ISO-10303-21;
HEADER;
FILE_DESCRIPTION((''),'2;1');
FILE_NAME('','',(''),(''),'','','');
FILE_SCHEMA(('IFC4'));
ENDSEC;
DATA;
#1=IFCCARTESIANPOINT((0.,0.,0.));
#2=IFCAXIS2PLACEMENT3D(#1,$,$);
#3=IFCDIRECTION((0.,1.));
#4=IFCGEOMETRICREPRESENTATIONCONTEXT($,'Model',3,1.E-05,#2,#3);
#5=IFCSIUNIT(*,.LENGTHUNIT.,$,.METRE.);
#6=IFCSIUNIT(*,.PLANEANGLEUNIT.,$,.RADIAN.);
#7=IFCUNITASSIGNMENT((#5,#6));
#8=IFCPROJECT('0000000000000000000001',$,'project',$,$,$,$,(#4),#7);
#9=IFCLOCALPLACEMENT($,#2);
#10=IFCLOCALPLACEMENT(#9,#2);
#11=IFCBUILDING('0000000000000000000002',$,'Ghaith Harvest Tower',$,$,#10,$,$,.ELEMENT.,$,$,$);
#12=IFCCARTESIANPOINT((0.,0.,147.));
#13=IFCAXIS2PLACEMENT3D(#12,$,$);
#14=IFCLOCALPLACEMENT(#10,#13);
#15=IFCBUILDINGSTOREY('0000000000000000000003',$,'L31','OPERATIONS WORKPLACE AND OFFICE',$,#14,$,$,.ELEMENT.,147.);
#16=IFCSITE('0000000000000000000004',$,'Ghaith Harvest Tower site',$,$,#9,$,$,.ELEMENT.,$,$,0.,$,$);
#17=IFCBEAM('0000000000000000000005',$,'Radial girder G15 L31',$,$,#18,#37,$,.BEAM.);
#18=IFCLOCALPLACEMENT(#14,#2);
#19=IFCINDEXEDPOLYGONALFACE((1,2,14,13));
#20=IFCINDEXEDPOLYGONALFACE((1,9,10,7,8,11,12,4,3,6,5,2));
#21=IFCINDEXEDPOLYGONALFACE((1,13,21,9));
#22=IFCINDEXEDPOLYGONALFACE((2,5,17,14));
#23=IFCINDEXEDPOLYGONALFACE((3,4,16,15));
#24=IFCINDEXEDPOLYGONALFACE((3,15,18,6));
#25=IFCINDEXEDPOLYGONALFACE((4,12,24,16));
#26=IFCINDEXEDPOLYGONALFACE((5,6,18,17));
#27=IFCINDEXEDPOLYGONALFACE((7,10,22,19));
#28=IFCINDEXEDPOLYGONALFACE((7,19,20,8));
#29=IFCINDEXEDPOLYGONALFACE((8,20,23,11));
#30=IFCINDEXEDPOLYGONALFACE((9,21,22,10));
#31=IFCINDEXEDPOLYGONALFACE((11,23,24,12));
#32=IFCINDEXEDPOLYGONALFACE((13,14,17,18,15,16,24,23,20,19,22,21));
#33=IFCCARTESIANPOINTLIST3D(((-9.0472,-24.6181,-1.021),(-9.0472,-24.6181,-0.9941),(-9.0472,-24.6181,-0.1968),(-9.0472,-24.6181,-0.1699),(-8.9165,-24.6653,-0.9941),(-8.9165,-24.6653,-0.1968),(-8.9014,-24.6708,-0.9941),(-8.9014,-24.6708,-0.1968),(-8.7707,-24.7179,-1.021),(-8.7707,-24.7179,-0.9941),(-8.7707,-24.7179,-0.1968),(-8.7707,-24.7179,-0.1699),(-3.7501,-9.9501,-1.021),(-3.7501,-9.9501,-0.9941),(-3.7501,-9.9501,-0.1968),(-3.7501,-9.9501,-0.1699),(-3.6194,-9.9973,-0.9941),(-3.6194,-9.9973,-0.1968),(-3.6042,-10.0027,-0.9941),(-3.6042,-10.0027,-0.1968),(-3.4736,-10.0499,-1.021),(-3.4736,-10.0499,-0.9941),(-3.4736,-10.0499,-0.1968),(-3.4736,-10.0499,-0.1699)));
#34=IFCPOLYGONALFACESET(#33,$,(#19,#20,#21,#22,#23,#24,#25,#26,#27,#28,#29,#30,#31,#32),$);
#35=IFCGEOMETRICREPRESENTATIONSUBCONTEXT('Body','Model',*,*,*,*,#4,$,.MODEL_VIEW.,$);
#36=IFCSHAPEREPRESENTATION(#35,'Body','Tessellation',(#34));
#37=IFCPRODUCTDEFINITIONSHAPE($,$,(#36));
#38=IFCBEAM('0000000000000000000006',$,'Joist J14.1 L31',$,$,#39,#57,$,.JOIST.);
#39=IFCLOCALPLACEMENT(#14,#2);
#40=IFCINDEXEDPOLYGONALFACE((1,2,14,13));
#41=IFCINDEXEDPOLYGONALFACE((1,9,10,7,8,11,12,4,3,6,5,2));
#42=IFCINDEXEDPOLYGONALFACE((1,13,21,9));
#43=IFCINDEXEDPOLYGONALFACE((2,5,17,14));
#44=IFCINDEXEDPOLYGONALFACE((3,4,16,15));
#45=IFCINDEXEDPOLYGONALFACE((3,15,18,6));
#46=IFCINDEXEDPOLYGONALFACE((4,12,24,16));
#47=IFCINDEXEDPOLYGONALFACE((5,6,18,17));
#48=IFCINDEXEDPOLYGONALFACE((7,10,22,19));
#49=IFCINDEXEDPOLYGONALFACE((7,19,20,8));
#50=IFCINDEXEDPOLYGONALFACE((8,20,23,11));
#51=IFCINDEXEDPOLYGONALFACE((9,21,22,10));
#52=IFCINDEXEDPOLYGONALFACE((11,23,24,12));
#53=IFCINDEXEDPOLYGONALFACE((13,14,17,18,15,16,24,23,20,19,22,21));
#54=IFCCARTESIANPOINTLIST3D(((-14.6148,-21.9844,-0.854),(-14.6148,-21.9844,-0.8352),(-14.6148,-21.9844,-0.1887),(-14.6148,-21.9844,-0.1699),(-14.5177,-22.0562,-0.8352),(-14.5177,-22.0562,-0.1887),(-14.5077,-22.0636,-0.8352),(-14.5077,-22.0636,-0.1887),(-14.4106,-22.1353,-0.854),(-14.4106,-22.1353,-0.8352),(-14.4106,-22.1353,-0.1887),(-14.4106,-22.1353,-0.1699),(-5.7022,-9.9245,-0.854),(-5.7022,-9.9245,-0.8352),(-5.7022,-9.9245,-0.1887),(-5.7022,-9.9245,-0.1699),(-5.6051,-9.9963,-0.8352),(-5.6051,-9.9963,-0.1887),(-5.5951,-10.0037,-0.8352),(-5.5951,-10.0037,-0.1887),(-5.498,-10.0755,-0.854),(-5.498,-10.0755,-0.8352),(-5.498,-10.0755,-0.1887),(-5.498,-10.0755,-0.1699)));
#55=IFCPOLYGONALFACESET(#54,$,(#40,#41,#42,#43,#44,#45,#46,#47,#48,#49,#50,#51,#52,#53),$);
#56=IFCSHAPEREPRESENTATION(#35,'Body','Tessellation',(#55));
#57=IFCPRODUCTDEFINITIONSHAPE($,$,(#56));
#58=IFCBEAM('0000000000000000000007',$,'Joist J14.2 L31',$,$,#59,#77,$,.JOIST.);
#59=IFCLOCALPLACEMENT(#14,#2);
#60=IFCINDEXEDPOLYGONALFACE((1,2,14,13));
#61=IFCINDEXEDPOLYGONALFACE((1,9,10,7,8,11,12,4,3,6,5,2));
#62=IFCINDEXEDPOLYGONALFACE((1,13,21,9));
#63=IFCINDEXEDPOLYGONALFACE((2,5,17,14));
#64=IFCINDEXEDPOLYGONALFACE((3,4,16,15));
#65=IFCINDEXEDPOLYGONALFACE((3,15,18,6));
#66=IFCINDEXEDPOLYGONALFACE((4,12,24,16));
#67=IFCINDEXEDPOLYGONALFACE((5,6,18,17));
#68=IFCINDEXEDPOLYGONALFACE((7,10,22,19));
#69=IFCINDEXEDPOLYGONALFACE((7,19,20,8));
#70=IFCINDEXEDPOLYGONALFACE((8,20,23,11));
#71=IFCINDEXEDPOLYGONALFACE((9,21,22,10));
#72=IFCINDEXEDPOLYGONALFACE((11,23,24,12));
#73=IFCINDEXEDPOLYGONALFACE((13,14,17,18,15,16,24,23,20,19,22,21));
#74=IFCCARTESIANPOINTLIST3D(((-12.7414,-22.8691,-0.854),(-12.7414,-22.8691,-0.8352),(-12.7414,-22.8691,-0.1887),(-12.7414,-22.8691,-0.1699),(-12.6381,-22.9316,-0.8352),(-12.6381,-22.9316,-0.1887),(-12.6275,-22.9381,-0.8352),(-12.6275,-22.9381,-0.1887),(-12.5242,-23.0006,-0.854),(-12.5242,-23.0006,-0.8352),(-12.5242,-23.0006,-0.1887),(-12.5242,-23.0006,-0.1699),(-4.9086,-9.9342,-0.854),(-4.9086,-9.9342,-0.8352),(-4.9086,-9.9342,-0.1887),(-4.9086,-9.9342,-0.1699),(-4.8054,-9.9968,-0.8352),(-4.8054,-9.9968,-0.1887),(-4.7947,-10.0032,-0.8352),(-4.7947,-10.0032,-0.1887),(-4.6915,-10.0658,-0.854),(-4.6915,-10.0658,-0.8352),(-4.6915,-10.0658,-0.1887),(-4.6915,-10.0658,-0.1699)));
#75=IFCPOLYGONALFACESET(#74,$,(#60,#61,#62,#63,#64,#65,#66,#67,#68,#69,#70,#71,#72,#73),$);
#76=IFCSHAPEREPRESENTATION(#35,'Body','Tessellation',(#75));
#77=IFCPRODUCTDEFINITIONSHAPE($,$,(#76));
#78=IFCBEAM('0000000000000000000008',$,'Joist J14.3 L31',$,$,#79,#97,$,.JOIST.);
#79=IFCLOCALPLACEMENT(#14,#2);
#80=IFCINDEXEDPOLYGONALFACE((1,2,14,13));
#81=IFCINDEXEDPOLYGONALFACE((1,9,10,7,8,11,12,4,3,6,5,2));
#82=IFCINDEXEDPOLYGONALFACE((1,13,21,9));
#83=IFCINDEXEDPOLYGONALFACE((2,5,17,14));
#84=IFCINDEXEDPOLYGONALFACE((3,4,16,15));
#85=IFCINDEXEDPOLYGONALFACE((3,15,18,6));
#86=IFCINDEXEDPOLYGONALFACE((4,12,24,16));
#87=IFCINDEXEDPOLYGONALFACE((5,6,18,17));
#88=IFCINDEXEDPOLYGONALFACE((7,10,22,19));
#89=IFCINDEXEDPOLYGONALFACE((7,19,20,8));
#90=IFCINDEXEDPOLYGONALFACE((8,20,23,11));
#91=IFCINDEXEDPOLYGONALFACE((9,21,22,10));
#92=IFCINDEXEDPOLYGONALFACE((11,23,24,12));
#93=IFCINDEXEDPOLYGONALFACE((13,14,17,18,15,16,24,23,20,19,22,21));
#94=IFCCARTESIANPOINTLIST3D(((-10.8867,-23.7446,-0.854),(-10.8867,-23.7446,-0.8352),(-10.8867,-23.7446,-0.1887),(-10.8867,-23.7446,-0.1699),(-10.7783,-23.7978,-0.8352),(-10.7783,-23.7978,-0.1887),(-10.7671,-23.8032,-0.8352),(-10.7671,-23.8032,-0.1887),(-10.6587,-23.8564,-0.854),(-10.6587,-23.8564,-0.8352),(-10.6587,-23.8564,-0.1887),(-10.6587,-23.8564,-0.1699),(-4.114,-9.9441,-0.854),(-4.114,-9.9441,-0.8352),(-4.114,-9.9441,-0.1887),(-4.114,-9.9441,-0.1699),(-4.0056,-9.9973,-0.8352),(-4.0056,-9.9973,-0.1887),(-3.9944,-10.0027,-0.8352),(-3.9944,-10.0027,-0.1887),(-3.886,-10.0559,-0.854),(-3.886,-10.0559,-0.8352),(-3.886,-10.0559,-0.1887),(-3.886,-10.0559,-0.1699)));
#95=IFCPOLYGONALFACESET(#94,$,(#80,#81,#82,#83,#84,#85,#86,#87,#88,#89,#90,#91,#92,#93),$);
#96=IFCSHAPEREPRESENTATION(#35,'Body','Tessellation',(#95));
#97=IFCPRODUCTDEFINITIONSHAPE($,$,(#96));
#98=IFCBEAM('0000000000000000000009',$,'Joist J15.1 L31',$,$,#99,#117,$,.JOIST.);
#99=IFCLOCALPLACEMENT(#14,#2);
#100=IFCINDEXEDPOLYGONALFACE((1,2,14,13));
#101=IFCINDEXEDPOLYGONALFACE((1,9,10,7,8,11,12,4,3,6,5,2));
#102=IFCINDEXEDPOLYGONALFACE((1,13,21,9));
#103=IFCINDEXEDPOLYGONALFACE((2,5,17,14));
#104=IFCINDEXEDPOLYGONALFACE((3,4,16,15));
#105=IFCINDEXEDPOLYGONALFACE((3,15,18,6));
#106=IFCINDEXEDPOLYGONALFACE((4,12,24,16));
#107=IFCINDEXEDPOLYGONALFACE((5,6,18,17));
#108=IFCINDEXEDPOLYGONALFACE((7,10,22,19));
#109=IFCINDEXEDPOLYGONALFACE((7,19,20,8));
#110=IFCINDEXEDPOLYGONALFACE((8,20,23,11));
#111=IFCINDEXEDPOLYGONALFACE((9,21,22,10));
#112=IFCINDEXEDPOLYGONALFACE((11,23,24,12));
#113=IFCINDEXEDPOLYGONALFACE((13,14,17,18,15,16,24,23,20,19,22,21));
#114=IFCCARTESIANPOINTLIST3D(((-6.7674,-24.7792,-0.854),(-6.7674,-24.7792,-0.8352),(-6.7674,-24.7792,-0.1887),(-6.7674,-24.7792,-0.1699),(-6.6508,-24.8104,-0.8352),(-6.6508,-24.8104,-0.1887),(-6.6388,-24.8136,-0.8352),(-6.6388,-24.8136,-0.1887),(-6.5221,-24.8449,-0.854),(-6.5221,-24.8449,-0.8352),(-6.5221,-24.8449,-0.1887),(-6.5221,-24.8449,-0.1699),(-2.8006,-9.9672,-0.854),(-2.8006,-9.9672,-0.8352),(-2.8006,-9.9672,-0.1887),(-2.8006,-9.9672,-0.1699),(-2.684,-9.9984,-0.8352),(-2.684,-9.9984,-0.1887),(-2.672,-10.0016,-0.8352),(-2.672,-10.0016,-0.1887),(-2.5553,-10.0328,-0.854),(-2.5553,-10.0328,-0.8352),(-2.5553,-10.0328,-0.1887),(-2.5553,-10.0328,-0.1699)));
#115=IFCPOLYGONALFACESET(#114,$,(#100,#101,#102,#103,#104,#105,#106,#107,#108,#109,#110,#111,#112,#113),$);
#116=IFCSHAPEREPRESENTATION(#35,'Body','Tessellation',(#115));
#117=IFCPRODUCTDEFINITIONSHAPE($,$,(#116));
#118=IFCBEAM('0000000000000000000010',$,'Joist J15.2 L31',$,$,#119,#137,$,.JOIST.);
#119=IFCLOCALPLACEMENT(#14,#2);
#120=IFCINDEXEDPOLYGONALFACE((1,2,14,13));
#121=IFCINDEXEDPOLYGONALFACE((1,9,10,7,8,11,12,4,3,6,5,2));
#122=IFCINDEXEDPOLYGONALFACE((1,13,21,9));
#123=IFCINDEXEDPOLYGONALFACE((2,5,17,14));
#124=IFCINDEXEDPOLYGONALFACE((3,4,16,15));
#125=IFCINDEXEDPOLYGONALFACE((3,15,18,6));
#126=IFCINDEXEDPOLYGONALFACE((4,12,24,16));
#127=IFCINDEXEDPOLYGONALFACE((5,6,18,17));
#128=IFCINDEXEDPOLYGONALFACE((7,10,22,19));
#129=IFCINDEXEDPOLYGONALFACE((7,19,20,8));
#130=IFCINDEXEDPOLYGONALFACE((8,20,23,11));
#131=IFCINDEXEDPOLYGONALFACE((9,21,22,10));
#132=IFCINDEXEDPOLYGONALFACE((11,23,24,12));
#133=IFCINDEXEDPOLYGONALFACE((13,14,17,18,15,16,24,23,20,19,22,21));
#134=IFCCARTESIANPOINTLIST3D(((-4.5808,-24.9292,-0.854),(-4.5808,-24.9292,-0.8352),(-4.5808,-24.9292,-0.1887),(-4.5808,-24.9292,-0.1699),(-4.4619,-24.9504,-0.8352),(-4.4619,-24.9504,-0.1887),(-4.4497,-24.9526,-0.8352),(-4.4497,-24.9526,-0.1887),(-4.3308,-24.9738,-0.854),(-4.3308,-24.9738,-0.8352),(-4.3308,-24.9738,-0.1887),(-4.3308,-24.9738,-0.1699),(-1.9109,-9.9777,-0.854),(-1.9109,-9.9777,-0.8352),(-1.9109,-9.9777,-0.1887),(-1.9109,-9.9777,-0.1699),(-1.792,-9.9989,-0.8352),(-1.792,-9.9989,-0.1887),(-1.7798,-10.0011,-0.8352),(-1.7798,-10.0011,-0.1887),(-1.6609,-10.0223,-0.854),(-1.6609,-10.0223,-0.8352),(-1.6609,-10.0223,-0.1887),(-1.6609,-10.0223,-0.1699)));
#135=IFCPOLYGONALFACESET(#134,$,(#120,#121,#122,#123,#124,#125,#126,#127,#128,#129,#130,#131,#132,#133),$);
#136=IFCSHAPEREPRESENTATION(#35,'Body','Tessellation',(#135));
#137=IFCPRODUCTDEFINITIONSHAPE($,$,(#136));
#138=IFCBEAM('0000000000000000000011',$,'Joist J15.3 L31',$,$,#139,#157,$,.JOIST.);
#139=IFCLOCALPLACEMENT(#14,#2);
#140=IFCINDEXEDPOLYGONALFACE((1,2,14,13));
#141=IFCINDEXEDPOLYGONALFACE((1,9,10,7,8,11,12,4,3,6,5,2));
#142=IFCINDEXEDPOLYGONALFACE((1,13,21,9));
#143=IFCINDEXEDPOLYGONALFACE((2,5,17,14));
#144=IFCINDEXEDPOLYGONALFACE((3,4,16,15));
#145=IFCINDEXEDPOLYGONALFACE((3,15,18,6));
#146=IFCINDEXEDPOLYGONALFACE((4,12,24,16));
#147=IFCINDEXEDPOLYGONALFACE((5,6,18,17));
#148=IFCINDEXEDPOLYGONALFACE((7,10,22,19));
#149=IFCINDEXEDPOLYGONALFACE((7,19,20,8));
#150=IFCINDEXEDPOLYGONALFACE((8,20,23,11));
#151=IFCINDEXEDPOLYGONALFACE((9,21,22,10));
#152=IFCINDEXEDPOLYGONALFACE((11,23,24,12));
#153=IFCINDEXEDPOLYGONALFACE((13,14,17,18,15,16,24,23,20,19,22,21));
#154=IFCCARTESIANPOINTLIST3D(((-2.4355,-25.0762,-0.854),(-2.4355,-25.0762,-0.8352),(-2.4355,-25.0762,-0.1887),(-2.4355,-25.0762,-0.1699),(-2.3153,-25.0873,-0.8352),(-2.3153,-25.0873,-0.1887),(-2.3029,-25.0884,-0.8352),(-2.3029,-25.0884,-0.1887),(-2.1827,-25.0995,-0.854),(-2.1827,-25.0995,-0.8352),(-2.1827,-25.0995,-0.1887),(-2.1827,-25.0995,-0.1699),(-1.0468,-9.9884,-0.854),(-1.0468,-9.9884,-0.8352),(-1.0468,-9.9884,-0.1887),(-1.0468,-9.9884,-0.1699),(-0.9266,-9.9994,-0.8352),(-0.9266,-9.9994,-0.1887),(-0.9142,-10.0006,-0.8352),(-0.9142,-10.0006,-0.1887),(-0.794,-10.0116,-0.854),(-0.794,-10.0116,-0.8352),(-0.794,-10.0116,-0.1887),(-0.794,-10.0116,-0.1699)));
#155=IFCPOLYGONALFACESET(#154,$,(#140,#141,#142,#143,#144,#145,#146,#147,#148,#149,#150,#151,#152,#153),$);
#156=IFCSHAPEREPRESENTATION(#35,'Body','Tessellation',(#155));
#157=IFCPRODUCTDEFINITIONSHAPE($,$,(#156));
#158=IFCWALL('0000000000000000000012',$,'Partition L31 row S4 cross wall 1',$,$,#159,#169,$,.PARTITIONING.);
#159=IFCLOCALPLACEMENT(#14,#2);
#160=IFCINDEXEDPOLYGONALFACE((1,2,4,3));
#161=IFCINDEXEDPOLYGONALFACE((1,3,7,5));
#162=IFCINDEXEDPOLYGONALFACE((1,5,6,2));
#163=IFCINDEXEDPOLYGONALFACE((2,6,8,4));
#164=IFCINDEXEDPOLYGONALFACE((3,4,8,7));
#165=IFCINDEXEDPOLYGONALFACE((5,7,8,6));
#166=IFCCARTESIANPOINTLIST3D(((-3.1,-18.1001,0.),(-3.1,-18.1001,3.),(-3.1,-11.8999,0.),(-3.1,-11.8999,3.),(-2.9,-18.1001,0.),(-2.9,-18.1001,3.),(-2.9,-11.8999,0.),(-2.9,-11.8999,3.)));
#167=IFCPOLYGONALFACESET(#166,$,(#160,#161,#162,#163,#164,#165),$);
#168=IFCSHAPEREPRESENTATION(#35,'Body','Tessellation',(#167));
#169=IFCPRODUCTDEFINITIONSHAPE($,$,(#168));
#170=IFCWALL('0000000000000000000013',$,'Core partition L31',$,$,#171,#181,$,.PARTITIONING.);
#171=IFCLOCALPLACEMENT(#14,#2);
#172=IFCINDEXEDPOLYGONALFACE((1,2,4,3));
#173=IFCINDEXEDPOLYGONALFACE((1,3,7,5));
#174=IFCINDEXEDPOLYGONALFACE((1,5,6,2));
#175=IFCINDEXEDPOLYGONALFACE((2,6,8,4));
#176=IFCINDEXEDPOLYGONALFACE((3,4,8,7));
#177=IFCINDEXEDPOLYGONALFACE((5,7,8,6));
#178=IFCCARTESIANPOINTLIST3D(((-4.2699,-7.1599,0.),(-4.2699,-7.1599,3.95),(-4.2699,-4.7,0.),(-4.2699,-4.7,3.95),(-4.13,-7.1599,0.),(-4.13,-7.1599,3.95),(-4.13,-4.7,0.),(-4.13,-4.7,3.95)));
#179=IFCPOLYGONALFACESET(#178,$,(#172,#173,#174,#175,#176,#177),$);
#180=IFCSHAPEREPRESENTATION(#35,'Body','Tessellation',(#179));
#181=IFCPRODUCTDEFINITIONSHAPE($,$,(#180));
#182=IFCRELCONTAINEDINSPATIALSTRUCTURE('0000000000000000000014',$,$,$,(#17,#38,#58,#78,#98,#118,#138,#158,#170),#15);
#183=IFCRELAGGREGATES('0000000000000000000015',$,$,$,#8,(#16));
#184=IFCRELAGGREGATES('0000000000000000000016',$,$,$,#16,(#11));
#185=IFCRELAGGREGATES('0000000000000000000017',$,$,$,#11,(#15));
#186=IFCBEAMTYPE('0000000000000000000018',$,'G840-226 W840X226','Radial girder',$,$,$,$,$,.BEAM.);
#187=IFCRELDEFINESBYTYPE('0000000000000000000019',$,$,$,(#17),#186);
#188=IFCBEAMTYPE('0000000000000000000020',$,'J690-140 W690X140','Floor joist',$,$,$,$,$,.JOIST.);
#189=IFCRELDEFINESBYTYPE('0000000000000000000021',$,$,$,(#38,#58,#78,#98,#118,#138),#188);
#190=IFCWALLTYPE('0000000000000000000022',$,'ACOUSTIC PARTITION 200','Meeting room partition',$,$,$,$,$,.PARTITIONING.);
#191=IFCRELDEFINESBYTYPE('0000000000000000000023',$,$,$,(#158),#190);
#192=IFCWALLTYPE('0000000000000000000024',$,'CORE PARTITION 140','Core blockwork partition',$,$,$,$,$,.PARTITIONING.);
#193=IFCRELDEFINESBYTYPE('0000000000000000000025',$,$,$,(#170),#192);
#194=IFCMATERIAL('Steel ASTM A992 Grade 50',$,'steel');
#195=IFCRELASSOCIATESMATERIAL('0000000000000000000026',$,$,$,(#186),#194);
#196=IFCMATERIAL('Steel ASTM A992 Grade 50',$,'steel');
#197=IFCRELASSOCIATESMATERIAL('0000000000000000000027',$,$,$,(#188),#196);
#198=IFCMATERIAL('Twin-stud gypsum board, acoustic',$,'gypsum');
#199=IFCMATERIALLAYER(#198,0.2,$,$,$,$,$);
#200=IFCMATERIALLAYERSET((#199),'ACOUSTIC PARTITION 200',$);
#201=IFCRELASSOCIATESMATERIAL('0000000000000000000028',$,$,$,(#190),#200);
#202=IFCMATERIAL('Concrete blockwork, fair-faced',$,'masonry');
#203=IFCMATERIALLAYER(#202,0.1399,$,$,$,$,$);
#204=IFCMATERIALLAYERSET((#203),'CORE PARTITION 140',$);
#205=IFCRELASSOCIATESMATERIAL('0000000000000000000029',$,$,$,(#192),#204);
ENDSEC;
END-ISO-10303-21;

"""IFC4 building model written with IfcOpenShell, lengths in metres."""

from ifc_helpers import new_model, si_unit, direction, frame, frame_2d, origin, origin_2d, place, context, subcontext, project, spatial, rectangle, i_section, extrude, material, layer, layer_set, material_profile, profile_set, type_object, element, save


model = new_model("IFC4")

# Units and contexts
model_context = context("Model", 3, precision=1e-05, world=origin(), true_north=direction((0.0, 1.0)))
body_context = subcontext(model_context, "Body", "Model", "MODEL_VIEW")
ifc_project = project(units=[si_unit("LENGTHUNIT", "METRE"), si_unit("PLANEANGLEUNIT", "RADIAN")], contexts=[model_context])

# Site, building, storey
site_placement = place(None, origin())
site = spatial("IfcSite", under=ifc_project, at=site_placement, Name="Ghaith Harvest Tower site", CompositionType="ELEMENT", RefElevation=0.0)
building_placement = place(site_placement, origin())
building = spatial("IfcBuilding", under=site, at=building_placement, Name="Ghaith Harvest Tower", CompositionType="ELEMENT")
storey_placement = place(building_placement, frame((0.0, 0.0, 147.0)))
storey = spatial("IfcBuildingStorey", under=building, at=storey_placement, Name="L31", Description="OPERATIONS WORKPLACE AND OFFICE", CompositionType="ELEMENT", Elevation=147.0)

# Beams
ifc_material_1 = material(Name="Steel ASTM A992 Grade 50", Category="steel")
ifc_material_profile_1 = material_profile(ifc_material_1, i_section(OverallWidth=0.2939, OverallDepth=0.8511, WebThickness=0.0161, FlangeThickness=0.0269, at=origin_2d()), Name="W840X226")
ifc_profile_set_1 = profile_set([ifc_material_profile_1], Name="Steel ASTM A992 Grade 50")
beam_type_1 = type_object("IfcBeamType", Name="G840-226 W840X226", Description="Radial girder", PredefinedType="BEAM", material=ifc_profile_set_1)
beam_1_placement = place(storey_placement, frame((-3.6118, -10.0, -0.5955), z_axis=(-0.339664, -0.940547, 0.0), x_axis=(0.940547, -0.339664, 0.0)))
element("IfcBeam", 1, at=beam_1_placement, inside=storey, type_object=beam_type_1, Name="Radial girder G15 L31", PredefinedType="BEAM", context=body_context, shape_type="SweptSolid", body=[
    extrude(i_section(OverallWidth=0.2939, OverallDepth=0.8511, WebThickness=0.0161, FlangeThickness=0.0269, at=origin_2d()), origin(), (0.0, 0.0, 1.0), 15.5952),
])
ifc_material_2 = material(Name="Steel ASTM A992 Grade 50", Category="steel")
ifc_material_profile_2 = material_profile(ifc_material_2, i_section(OverallWidth=0.2539, OverallDepth=0.6841, WebThickness=0.0125, FlangeThickness=0.0188, at=origin_2d()), Name="W690X140")
ifc_profile_set_2 = profile_set([ifc_material_profile_2], Name="Steel ASTM A992 Grade 50")
beam_type_2 = type_object("IfcBeamType", Name="J690-140 W690X140", Description="Floor joist", PredefinedType="JOIST", material=ifc_profile_set_2)
beam_2_placement = place(storey_placement, frame((-5.6001, -10.0, -0.512), z_axis=(-0.59434, -0.804214, 0.0), x_axis=(0.804214, -0.59434, 0.0)))
element("IfcBeam", 2, at=beam_2_placement, inside=storey, type_object=beam_type_2, Name="Joist J14.1 L31", PredefinedType="JOIST", context=body_context, shape_type="SweptSolid", body=[
    extrude(i_section(OverallWidth=0.2539, OverallDepth=0.6841, WebThickness=0.0125, FlangeThickness=0.0188, at=origin_2d()), origin(), (0.0, 0.0, 1.0), 14.9958),
])
beam_3_placement = place(storey_placement, frame((-4.8, -10.0, -0.512), z_axis=(-0.517986, -0.855389, 0.0), x_axis=(0.855389, -0.517986, 0.0)))
element("IfcBeam", 3, at=beam_3_placement, inside=storey, type_object=beam_type_2, Name="Joist J14.2 L31", PredefinedType="JOIST", context=body_context, shape_type="SweptSolid", body=[
    extrude(i_section(OverallWidth=0.2539, OverallDepth=0.6841, WebThickness=0.0125, FlangeThickness=0.0188, at=origin_2d()), origin(), (0.0, 0.0, 1.0), 15.1216),
])
beam_4_placement = place(storey_placement, frame((-4.0, -10.0, -0.512), z_axis=(-0.440563, -0.897722, 0.0), x_axis=(0.897722, -0.440563, 0.0)))
element("IfcBeam", 4, at=beam_4_placement, inside=storey, type_object=beam_type_2, Name="Joist J14.3 L31", PredefinedType="JOIST", context=body_context, shape_type="SweptSolid", body=[
    extrude(i_section(OverallWidth=0.2539, OverallDepth=0.6841, WebThickness=0.0125, FlangeThickness=0.0188, at=origin_2d()), origin(), (0.0, 0.0, 1.0), 15.3728),
])
beam_5_placement = place(storey_placement, frame((-2.678, -10.0, -0.512), z_axis=(-0.258693, -0.96596, 0.0), x_axis=(0.96596, -0.258693, 0.0)))
element("IfcBeam", 5, at=beam_5_placement, inside=storey, type_object=beam_type_2, Name="Joist J15.1 L31", PredefinedType="JOIST", context=body_context, shape_type="SweptSolid", body=[
    extrude(i_section(OverallWidth=0.2539, OverallDepth=0.6841, WebThickness=0.0125, FlangeThickness=0.0188, at=origin_2d()), origin(), (0.0, 0.0, 1.0), 15.334),
])
beam_6_placement = place(storey_placement, frame((-1.7859, -10.0, -0.512), z_axis=(-0.175792, -0.984427, 0.0), x_axis=(0.984427, -0.175792, 0.0)))
element("IfcBeam", 6, at=beam_6_placement, inside=storey, type_object=beam_type_2, Name="Joist J15.2 L31", PredefinedType="JOIST", context=body_context, shape_type="SweptSolid", body=[
    extrude(i_section(OverallWidth=0.2539, OverallDepth=0.6841, WebThickness=0.0125, FlangeThickness=0.0188, at=origin_2d()), origin(), (0.0, 0.0, 1.0), 15.188),
])
beam_7_placement = place(storey_placement, frame((-0.9204, -10.0, -0.512), z_axis=(-0.091651, -0.995791, 0.0), x_axis=(0.995791, -0.091651, 0.0)))
element("IfcBeam", 7, at=beam_7_placement, inside=storey, type_object=beam_type_2, Name="Joist J15.3 L31", PredefinedType="JOIST", context=body_context, shape_type="SweptSolid", body=[
    extrude(i_section(OverallWidth=0.2539, OverallDepth=0.6841, WebThickness=0.0125, FlangeThickness=0.0188, at=origin_2d()), origin(), (0.0, 0.0, 1.0), 15.1516),
])

# Wall
ifc_material_3 = material(Name="Twin-stud gypsum board, acoustic", Category="gypsum")
ifc_layer_1 = layer(ifc_material_3, 0.2)
ifc_layer_set_1 = layer_set([ifc_layer_1], Name="ACOUSTIC PARTITION 200")
wall_type_1 = type_object("IfcWallType", Name="ACOUSTIC PARTITION 200", Description="Meeting room partition", PredefinedType="PARTITIONING", material=ifc_layer_set_1)
wall_1_placement = place(storey_placement, frame((-3.0, -11.8999, 0.0), z_axis=(0.0, 0.0, 1.0), x_axis=(0.0, -1.0, 0.0)))
element("IfcWall", 8, at=wall_1_placement, inside=storey, type_object=wall_type_1, Name="Partition L31 row S4 cross wall 1", PredefinedType="PARTITIONING", context=body_context, shape_type="SweptSolid", body=[
    extrude(rectangle(XDim=6.2002, YDim=0.2, at=frame_2d((3.1001, 0.0))), origin(), (0.0, 0.0, 1.0), 3.0),
])

# Shared definitions
ifc_material_4 = material(Name="Concrete blockwork, fair-faced", Category="masonry")
ifc_layer_2 = layer(ifc_material_4, 0.1399)
ifc_layer_set_2 = layer_set([ifc_layer_2], Name="CORE PARTITION 140")
wall_type_2 = type_object("IfcWallType", Name="CORE PARTITION 140", Description="Core blockwork partition", PredefinedType="PARTITIONING", material=ifc_layer_set_2)

# Wall
for number, where, z_axis, x_axis, name in (
    (9, (-4.2, -4.7, 0.0), (0.0, 0.0, 1.0), (0.0, -1.0, 0.0), "Core partition L31"),
):
    element("IfcWall", number, at=place(storey_placement, frame(where, z_axis=z_axis, x_axis=x_axis)), inside=storey, type_object=wall_type_2, Name=name, PredefinedType="PARTITIONING", context=body_context, shape_type="SweptSolid", body=[
        extrude(rectangle(XDim=2.46, YDim=0.1399, at=frame_2d((1.23, 0.0))), origin(), (0.0, 0.0, 1.0), 3.95),
    ])

save(model, "model.ifc")
